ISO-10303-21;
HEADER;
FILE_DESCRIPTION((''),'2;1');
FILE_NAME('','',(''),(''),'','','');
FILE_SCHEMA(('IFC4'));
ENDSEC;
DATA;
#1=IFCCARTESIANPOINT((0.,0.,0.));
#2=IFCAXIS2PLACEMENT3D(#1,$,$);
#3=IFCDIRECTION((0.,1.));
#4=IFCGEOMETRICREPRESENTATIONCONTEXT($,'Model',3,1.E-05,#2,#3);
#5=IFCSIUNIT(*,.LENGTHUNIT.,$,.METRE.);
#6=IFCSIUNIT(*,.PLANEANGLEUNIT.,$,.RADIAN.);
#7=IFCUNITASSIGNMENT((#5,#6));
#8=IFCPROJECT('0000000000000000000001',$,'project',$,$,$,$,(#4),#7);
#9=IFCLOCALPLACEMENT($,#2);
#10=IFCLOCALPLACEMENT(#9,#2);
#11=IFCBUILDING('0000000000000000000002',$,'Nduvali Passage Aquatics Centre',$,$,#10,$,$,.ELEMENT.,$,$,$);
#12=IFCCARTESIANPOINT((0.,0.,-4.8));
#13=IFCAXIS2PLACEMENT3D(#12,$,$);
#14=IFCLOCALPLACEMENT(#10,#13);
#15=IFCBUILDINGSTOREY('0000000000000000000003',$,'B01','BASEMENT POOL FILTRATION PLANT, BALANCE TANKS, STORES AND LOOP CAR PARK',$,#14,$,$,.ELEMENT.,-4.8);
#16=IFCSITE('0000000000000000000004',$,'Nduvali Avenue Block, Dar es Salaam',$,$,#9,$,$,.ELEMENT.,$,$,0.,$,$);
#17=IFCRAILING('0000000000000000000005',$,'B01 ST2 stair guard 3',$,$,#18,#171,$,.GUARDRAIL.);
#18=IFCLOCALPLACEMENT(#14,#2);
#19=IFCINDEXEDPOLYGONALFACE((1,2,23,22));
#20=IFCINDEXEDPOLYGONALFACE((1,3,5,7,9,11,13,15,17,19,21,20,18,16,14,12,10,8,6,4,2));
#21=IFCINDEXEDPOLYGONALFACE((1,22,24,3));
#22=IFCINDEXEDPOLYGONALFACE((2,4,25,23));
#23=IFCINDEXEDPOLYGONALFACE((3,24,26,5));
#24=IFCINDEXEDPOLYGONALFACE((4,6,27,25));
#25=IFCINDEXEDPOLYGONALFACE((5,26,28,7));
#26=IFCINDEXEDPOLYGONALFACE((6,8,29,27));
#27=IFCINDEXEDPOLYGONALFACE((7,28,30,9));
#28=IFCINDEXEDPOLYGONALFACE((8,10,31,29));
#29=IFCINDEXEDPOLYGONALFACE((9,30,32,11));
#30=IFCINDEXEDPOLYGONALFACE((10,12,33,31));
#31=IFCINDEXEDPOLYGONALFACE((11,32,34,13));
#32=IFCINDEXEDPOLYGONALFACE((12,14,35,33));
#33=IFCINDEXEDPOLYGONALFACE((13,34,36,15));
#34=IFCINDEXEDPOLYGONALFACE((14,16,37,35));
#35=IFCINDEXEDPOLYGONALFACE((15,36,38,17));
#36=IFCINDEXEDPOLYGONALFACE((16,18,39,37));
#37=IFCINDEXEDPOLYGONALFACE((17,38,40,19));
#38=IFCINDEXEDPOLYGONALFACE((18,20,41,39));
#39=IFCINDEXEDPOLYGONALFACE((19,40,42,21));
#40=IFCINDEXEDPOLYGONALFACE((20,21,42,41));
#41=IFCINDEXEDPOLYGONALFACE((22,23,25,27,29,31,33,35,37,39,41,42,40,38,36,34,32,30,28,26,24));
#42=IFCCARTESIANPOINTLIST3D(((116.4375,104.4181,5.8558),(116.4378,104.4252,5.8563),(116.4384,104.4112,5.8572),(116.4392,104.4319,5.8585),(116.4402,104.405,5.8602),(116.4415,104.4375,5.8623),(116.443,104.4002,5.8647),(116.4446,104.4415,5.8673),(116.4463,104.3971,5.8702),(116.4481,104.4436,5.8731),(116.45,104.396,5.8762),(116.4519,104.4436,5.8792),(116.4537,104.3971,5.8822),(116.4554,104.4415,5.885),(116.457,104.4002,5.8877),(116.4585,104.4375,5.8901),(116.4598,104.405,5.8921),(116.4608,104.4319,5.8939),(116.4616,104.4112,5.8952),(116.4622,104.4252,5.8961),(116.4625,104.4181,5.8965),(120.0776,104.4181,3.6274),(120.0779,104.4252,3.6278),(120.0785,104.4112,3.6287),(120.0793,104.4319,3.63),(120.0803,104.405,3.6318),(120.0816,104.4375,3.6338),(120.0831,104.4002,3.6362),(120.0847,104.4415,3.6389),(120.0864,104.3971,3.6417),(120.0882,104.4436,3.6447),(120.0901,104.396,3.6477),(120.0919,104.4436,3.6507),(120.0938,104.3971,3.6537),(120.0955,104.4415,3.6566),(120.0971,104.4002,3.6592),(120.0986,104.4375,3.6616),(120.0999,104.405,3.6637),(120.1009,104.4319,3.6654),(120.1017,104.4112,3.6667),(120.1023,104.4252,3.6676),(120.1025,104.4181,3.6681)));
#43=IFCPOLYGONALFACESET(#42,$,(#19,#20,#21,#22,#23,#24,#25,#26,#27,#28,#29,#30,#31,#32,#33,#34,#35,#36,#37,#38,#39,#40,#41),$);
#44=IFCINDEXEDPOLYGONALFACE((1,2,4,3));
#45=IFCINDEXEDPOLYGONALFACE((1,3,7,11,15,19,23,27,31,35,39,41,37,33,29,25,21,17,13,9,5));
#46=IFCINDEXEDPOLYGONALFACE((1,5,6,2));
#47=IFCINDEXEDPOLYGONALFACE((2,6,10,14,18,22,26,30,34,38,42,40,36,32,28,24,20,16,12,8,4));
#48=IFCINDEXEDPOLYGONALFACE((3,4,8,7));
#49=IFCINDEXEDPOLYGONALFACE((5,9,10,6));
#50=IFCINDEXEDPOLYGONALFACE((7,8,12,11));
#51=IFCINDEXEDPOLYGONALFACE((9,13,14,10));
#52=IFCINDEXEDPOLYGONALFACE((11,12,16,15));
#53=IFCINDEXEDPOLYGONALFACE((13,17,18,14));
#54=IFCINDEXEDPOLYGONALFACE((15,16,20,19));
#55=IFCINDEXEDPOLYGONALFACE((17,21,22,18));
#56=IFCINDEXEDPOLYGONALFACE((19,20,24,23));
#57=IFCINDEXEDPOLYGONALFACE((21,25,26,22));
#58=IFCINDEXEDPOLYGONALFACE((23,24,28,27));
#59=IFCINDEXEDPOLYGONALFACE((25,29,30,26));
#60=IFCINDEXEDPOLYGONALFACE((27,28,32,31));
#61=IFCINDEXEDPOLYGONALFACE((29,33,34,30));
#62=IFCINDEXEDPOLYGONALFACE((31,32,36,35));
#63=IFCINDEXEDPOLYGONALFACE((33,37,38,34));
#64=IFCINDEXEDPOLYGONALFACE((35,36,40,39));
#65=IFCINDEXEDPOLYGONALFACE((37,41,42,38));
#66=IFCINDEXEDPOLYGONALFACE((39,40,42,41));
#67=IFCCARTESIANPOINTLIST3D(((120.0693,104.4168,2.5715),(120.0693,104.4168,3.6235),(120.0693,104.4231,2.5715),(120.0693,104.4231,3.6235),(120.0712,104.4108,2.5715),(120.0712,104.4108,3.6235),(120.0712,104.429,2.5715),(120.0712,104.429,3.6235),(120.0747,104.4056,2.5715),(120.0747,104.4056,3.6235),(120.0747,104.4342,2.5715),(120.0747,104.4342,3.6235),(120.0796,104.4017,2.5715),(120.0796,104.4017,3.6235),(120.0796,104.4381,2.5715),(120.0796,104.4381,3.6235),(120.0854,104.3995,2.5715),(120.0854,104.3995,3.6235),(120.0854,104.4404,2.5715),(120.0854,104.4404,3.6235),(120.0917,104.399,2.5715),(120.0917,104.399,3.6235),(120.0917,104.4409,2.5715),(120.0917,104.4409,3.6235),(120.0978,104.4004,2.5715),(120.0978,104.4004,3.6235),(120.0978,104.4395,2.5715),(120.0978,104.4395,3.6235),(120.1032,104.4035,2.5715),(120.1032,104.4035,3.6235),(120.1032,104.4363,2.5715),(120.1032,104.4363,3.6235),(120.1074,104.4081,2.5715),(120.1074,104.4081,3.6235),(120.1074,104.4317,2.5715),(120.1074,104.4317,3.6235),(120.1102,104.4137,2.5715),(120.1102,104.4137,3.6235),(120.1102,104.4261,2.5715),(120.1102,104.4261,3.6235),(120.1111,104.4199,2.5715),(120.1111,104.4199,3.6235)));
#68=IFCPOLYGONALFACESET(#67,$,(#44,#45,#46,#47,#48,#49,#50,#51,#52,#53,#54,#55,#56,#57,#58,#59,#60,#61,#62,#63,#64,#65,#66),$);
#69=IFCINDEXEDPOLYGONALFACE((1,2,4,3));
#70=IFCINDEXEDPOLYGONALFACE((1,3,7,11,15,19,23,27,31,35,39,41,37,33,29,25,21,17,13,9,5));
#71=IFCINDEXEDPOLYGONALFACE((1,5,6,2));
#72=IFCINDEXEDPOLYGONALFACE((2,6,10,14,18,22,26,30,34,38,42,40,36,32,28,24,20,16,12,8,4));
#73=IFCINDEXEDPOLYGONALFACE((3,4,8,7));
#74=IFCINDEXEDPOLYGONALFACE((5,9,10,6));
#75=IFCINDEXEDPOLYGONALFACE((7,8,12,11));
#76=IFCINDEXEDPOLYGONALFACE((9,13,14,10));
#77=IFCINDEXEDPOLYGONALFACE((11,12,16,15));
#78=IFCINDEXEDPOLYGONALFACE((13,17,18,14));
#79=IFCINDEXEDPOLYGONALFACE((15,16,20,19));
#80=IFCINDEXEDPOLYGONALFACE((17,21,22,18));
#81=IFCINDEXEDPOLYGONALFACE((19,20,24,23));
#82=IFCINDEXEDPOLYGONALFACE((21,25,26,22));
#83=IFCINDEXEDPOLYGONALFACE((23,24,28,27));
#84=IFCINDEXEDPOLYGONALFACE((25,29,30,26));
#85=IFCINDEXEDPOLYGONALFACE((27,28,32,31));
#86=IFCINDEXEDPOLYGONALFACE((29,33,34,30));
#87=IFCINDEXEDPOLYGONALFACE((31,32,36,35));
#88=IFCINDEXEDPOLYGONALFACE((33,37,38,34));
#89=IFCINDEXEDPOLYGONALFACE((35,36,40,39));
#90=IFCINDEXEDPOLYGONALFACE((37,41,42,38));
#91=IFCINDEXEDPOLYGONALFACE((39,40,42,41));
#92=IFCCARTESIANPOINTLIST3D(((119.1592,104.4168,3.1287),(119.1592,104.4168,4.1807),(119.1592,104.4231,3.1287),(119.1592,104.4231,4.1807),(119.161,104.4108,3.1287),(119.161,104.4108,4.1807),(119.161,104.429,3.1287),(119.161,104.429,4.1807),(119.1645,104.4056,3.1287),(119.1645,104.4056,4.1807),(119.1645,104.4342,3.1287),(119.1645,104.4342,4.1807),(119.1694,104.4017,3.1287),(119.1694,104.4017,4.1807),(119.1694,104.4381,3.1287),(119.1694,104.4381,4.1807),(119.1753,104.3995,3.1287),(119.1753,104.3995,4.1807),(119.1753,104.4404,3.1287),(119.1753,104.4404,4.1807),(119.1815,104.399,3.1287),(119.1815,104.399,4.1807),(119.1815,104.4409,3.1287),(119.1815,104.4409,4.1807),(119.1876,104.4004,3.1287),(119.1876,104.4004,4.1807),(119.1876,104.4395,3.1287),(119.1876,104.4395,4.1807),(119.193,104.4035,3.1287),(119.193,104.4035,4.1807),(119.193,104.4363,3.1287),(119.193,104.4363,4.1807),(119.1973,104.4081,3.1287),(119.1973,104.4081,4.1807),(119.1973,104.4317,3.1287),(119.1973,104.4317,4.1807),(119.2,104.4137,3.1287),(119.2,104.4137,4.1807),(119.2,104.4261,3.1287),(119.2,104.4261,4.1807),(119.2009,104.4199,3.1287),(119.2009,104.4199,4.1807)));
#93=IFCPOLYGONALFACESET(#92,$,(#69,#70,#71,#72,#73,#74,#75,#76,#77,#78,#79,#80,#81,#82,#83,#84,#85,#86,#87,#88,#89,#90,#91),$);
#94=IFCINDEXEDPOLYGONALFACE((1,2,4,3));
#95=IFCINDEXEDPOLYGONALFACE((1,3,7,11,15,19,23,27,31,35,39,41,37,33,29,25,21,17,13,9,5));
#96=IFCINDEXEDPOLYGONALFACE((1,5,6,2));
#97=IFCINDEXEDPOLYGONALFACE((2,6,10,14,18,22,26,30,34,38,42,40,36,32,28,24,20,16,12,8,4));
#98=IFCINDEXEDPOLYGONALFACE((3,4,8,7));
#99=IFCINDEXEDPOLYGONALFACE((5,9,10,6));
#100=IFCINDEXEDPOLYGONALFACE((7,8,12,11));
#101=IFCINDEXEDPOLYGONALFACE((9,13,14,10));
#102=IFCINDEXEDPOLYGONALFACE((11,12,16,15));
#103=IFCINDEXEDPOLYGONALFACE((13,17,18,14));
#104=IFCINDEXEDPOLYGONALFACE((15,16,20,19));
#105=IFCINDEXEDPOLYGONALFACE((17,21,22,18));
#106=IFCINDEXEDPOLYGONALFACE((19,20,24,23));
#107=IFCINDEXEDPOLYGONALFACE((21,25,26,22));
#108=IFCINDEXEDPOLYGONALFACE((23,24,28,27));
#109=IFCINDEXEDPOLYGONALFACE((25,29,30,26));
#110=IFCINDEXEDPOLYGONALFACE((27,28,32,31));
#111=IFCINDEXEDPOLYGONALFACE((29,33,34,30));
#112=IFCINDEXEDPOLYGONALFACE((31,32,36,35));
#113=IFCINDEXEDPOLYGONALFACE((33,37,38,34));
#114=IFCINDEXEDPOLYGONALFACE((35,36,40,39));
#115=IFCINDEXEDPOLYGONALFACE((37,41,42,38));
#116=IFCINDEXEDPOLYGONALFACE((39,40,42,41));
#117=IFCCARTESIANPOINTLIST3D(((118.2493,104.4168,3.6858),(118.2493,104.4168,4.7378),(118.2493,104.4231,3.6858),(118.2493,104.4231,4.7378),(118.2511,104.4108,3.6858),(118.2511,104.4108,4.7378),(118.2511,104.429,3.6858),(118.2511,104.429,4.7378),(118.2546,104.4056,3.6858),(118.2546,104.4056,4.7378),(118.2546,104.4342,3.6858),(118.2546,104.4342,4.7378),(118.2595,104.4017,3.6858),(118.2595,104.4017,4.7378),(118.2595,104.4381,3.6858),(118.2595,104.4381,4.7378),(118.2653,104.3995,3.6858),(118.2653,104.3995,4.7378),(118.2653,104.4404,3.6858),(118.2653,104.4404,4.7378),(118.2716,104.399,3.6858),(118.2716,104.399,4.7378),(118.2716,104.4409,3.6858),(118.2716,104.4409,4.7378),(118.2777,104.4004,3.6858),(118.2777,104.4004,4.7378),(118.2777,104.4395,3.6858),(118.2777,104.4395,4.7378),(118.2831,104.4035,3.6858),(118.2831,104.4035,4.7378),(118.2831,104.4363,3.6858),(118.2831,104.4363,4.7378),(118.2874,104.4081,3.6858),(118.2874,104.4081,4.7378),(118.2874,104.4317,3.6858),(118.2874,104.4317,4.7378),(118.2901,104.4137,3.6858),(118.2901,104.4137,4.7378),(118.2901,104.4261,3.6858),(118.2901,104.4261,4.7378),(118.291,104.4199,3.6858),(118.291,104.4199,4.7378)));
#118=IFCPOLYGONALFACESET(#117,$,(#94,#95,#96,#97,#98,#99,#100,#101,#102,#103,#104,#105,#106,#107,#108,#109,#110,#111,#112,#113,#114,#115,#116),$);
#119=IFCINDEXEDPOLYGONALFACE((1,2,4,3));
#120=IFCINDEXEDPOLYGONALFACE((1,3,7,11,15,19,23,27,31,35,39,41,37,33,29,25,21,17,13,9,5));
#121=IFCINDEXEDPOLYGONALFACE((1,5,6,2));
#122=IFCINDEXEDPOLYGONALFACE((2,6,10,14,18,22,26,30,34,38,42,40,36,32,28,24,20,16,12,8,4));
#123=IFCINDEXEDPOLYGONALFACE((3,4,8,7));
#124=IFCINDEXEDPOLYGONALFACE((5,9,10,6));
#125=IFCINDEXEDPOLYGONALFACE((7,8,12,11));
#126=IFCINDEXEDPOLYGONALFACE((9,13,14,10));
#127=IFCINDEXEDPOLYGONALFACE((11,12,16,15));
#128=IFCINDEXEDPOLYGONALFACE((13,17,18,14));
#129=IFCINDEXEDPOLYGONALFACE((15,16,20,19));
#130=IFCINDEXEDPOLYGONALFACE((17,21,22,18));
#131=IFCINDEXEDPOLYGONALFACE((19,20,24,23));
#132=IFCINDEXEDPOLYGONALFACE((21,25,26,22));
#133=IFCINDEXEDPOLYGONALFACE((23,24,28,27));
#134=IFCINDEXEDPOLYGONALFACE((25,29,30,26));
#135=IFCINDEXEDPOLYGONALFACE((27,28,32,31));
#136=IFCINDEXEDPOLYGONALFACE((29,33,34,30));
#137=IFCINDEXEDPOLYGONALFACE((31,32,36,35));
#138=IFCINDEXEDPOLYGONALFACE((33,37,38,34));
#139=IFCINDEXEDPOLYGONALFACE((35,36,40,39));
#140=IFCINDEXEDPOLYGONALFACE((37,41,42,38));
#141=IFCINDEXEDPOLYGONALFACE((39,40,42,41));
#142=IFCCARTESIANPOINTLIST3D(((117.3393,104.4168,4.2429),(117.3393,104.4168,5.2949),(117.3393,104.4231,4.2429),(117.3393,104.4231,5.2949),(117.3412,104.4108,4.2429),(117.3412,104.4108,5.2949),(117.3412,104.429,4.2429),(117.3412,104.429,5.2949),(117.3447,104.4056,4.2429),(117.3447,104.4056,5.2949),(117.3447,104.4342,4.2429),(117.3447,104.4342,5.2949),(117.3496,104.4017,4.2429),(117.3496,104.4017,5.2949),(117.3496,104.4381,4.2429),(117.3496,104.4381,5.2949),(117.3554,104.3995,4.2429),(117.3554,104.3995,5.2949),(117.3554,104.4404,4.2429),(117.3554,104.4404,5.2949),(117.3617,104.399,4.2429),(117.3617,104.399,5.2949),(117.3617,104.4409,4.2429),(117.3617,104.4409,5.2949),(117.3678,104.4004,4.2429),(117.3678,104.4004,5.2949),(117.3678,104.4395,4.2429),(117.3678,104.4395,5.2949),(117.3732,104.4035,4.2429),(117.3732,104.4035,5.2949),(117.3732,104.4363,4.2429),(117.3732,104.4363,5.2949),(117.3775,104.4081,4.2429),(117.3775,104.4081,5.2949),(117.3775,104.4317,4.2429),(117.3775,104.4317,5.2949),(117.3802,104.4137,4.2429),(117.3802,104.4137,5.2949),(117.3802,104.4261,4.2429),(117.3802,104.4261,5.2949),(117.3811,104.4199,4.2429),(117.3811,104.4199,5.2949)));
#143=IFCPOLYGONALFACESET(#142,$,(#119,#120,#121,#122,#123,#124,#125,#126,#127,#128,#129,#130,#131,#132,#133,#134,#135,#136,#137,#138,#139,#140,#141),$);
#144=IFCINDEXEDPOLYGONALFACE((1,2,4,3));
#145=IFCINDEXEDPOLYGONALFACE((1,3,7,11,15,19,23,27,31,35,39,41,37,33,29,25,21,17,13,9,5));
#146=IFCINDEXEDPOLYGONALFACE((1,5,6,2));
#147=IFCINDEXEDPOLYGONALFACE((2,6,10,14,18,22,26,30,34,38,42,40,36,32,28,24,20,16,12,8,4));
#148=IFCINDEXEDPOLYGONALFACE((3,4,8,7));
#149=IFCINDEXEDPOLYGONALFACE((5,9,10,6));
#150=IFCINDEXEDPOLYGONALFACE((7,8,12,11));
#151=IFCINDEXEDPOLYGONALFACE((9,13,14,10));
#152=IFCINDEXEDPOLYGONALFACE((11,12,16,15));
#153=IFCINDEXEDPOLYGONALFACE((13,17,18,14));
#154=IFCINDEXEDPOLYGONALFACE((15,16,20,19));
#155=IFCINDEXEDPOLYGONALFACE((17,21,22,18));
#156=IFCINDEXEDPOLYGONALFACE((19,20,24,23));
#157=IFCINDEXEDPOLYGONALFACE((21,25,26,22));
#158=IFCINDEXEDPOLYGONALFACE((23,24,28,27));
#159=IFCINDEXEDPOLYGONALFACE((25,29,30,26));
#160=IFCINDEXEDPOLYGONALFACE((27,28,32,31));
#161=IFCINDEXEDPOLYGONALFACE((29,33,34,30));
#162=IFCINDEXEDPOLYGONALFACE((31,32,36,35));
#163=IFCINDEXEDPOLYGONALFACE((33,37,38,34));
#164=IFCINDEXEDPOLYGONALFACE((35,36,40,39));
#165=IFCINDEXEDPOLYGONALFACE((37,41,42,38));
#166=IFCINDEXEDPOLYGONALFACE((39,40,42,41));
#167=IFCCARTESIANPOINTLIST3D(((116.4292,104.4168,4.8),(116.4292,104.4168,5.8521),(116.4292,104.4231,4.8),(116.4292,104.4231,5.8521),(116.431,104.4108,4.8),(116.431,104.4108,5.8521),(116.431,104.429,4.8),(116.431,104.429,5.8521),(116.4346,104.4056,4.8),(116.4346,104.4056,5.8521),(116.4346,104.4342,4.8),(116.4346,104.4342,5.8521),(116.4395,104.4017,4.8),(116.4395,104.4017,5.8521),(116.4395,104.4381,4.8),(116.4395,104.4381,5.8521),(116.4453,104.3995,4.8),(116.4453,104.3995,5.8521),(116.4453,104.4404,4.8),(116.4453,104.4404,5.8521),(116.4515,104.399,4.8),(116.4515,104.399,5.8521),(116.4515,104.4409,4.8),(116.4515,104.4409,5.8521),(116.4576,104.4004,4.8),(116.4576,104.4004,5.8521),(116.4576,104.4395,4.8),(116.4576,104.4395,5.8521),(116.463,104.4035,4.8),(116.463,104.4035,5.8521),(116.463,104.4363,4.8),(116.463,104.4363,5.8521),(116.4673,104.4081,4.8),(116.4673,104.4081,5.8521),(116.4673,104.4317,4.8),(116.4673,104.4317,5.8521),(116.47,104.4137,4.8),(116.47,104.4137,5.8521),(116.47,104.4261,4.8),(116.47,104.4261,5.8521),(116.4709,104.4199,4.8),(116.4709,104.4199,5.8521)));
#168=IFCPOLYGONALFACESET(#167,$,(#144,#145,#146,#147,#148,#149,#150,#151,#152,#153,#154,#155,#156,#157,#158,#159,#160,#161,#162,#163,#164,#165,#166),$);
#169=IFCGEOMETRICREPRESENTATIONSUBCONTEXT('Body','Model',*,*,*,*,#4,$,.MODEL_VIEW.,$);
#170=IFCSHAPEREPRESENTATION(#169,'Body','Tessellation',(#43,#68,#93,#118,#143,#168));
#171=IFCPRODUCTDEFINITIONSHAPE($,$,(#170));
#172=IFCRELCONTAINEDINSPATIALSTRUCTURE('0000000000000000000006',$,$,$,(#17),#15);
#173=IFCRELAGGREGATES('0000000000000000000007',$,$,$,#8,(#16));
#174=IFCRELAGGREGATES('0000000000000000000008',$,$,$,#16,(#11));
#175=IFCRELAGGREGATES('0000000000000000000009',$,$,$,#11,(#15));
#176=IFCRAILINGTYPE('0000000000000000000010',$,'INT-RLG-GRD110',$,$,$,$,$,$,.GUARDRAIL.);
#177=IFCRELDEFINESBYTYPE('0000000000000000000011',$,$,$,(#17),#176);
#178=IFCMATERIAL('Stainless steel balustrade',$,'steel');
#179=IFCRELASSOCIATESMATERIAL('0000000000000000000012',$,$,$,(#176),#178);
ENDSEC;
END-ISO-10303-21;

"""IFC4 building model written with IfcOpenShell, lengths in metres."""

from ifc_helpers import new_model, si_unit, direction, frame, origin, origin_2d, place, context, subcontext, project, spatial, circle, extrude, material, type_object, element, save


model = new_model("IFC4")

# Units and contexts
model_context = context("Model", 3, precision=1e-05, world=origin(), true_north=direction((0.0, 1.0)))
body_context = subcontext(model_context, "Body", "Model", "MODEL_VIEW")
ifc_project = project(units=[si_unit("LENGTHUNIT", "METRE"), si_unit("PLANEANGLEUNIT", "RADIAN")], contexts=[model_context])

# Site, building, storey
site_placement = place(None, origin())
site = spatial("IfcSite", under=ifc_project, at=site_placement, Name="Nduvali Avenue Block, Dar es Salaam", CompositionType="ELEMENT", RefElevation=0.0)
building_placement = place(site_placement, origin())
building = spatial("IfcBuilding", under=site, at=building_placement, Name="Nduvali Passage Aquatics Centre", CompositionType="ELEMENT")
storey_placement = place(building_placement, frame((0.0, 0.0, -4.8)))
storey = spatial("IfcBuildingStorey", under=building, at=storey_placement, Name="B01", Description="BASEMENT POOL FILTRATION PLANT, BALANCE TANKS, STORES AND LOOP CAR PARK", CompositionType="ELEMENT", Elevation=-4.8)

# Railing
ifc_material_1 = material(Name="Stainless steel balustrade", Category="steel")
railing_type_1 = type_object("IfcRailingType", Name="INT-RLG-GRD110", PredefinedType="GUARDRAIL", material=ifc_material_1)
railing_1_placement = place(storey_placement, frame((120.0901, 104.4199, 2.5715)))
element("IfcRailing", 1, at=railing_1_placement, inside=storey, type_object=railing_type_1, Name="B01 ST2 stair guard 3", PredefinedType="GUARDRAIL", context=body_context, shape_type="SweptSolid", body=[
    extrude(circle(Radius=0.0239, at=origin_2d()), frame((0.0, 0.0, 1.0762), z_axis=(-0.852866, 0.0, 0.52213), x_axis=(0.0, -1.0, 0.0)), (0.0, 0.0, 1.0), 4.2681),
    extrude(circle(Radius=0.021, at=origin_2d()), origin(), (0.0, 0.0, 1.0), 1.052),
    extrude(circle(Radius=0.021, at=origin_2d()), frame((-0.9102, 0.0, 0.5571)), (0.0, 0.0, 1.0), 1.052),
    extrude(circle(Radius=0.021, at=origin_2d()), frame((-1.8201, 0.0, 1.1143)), (0.0, 0.0, 1.0), 1.052),
    extrude(circle(Radius=0.021, at=origin_2d()), frame((-2.73, 0.0, 1.6714)), (0.0, 0.0, 1.0), 1.052),
    extrude(circle(Radius=0.021, at=origin_2d()), frame((-3.6401, 0.0, 2.2285)), (0.0, 0.0, 1.0), 1.052),
])

save(model, "model.ifc")
